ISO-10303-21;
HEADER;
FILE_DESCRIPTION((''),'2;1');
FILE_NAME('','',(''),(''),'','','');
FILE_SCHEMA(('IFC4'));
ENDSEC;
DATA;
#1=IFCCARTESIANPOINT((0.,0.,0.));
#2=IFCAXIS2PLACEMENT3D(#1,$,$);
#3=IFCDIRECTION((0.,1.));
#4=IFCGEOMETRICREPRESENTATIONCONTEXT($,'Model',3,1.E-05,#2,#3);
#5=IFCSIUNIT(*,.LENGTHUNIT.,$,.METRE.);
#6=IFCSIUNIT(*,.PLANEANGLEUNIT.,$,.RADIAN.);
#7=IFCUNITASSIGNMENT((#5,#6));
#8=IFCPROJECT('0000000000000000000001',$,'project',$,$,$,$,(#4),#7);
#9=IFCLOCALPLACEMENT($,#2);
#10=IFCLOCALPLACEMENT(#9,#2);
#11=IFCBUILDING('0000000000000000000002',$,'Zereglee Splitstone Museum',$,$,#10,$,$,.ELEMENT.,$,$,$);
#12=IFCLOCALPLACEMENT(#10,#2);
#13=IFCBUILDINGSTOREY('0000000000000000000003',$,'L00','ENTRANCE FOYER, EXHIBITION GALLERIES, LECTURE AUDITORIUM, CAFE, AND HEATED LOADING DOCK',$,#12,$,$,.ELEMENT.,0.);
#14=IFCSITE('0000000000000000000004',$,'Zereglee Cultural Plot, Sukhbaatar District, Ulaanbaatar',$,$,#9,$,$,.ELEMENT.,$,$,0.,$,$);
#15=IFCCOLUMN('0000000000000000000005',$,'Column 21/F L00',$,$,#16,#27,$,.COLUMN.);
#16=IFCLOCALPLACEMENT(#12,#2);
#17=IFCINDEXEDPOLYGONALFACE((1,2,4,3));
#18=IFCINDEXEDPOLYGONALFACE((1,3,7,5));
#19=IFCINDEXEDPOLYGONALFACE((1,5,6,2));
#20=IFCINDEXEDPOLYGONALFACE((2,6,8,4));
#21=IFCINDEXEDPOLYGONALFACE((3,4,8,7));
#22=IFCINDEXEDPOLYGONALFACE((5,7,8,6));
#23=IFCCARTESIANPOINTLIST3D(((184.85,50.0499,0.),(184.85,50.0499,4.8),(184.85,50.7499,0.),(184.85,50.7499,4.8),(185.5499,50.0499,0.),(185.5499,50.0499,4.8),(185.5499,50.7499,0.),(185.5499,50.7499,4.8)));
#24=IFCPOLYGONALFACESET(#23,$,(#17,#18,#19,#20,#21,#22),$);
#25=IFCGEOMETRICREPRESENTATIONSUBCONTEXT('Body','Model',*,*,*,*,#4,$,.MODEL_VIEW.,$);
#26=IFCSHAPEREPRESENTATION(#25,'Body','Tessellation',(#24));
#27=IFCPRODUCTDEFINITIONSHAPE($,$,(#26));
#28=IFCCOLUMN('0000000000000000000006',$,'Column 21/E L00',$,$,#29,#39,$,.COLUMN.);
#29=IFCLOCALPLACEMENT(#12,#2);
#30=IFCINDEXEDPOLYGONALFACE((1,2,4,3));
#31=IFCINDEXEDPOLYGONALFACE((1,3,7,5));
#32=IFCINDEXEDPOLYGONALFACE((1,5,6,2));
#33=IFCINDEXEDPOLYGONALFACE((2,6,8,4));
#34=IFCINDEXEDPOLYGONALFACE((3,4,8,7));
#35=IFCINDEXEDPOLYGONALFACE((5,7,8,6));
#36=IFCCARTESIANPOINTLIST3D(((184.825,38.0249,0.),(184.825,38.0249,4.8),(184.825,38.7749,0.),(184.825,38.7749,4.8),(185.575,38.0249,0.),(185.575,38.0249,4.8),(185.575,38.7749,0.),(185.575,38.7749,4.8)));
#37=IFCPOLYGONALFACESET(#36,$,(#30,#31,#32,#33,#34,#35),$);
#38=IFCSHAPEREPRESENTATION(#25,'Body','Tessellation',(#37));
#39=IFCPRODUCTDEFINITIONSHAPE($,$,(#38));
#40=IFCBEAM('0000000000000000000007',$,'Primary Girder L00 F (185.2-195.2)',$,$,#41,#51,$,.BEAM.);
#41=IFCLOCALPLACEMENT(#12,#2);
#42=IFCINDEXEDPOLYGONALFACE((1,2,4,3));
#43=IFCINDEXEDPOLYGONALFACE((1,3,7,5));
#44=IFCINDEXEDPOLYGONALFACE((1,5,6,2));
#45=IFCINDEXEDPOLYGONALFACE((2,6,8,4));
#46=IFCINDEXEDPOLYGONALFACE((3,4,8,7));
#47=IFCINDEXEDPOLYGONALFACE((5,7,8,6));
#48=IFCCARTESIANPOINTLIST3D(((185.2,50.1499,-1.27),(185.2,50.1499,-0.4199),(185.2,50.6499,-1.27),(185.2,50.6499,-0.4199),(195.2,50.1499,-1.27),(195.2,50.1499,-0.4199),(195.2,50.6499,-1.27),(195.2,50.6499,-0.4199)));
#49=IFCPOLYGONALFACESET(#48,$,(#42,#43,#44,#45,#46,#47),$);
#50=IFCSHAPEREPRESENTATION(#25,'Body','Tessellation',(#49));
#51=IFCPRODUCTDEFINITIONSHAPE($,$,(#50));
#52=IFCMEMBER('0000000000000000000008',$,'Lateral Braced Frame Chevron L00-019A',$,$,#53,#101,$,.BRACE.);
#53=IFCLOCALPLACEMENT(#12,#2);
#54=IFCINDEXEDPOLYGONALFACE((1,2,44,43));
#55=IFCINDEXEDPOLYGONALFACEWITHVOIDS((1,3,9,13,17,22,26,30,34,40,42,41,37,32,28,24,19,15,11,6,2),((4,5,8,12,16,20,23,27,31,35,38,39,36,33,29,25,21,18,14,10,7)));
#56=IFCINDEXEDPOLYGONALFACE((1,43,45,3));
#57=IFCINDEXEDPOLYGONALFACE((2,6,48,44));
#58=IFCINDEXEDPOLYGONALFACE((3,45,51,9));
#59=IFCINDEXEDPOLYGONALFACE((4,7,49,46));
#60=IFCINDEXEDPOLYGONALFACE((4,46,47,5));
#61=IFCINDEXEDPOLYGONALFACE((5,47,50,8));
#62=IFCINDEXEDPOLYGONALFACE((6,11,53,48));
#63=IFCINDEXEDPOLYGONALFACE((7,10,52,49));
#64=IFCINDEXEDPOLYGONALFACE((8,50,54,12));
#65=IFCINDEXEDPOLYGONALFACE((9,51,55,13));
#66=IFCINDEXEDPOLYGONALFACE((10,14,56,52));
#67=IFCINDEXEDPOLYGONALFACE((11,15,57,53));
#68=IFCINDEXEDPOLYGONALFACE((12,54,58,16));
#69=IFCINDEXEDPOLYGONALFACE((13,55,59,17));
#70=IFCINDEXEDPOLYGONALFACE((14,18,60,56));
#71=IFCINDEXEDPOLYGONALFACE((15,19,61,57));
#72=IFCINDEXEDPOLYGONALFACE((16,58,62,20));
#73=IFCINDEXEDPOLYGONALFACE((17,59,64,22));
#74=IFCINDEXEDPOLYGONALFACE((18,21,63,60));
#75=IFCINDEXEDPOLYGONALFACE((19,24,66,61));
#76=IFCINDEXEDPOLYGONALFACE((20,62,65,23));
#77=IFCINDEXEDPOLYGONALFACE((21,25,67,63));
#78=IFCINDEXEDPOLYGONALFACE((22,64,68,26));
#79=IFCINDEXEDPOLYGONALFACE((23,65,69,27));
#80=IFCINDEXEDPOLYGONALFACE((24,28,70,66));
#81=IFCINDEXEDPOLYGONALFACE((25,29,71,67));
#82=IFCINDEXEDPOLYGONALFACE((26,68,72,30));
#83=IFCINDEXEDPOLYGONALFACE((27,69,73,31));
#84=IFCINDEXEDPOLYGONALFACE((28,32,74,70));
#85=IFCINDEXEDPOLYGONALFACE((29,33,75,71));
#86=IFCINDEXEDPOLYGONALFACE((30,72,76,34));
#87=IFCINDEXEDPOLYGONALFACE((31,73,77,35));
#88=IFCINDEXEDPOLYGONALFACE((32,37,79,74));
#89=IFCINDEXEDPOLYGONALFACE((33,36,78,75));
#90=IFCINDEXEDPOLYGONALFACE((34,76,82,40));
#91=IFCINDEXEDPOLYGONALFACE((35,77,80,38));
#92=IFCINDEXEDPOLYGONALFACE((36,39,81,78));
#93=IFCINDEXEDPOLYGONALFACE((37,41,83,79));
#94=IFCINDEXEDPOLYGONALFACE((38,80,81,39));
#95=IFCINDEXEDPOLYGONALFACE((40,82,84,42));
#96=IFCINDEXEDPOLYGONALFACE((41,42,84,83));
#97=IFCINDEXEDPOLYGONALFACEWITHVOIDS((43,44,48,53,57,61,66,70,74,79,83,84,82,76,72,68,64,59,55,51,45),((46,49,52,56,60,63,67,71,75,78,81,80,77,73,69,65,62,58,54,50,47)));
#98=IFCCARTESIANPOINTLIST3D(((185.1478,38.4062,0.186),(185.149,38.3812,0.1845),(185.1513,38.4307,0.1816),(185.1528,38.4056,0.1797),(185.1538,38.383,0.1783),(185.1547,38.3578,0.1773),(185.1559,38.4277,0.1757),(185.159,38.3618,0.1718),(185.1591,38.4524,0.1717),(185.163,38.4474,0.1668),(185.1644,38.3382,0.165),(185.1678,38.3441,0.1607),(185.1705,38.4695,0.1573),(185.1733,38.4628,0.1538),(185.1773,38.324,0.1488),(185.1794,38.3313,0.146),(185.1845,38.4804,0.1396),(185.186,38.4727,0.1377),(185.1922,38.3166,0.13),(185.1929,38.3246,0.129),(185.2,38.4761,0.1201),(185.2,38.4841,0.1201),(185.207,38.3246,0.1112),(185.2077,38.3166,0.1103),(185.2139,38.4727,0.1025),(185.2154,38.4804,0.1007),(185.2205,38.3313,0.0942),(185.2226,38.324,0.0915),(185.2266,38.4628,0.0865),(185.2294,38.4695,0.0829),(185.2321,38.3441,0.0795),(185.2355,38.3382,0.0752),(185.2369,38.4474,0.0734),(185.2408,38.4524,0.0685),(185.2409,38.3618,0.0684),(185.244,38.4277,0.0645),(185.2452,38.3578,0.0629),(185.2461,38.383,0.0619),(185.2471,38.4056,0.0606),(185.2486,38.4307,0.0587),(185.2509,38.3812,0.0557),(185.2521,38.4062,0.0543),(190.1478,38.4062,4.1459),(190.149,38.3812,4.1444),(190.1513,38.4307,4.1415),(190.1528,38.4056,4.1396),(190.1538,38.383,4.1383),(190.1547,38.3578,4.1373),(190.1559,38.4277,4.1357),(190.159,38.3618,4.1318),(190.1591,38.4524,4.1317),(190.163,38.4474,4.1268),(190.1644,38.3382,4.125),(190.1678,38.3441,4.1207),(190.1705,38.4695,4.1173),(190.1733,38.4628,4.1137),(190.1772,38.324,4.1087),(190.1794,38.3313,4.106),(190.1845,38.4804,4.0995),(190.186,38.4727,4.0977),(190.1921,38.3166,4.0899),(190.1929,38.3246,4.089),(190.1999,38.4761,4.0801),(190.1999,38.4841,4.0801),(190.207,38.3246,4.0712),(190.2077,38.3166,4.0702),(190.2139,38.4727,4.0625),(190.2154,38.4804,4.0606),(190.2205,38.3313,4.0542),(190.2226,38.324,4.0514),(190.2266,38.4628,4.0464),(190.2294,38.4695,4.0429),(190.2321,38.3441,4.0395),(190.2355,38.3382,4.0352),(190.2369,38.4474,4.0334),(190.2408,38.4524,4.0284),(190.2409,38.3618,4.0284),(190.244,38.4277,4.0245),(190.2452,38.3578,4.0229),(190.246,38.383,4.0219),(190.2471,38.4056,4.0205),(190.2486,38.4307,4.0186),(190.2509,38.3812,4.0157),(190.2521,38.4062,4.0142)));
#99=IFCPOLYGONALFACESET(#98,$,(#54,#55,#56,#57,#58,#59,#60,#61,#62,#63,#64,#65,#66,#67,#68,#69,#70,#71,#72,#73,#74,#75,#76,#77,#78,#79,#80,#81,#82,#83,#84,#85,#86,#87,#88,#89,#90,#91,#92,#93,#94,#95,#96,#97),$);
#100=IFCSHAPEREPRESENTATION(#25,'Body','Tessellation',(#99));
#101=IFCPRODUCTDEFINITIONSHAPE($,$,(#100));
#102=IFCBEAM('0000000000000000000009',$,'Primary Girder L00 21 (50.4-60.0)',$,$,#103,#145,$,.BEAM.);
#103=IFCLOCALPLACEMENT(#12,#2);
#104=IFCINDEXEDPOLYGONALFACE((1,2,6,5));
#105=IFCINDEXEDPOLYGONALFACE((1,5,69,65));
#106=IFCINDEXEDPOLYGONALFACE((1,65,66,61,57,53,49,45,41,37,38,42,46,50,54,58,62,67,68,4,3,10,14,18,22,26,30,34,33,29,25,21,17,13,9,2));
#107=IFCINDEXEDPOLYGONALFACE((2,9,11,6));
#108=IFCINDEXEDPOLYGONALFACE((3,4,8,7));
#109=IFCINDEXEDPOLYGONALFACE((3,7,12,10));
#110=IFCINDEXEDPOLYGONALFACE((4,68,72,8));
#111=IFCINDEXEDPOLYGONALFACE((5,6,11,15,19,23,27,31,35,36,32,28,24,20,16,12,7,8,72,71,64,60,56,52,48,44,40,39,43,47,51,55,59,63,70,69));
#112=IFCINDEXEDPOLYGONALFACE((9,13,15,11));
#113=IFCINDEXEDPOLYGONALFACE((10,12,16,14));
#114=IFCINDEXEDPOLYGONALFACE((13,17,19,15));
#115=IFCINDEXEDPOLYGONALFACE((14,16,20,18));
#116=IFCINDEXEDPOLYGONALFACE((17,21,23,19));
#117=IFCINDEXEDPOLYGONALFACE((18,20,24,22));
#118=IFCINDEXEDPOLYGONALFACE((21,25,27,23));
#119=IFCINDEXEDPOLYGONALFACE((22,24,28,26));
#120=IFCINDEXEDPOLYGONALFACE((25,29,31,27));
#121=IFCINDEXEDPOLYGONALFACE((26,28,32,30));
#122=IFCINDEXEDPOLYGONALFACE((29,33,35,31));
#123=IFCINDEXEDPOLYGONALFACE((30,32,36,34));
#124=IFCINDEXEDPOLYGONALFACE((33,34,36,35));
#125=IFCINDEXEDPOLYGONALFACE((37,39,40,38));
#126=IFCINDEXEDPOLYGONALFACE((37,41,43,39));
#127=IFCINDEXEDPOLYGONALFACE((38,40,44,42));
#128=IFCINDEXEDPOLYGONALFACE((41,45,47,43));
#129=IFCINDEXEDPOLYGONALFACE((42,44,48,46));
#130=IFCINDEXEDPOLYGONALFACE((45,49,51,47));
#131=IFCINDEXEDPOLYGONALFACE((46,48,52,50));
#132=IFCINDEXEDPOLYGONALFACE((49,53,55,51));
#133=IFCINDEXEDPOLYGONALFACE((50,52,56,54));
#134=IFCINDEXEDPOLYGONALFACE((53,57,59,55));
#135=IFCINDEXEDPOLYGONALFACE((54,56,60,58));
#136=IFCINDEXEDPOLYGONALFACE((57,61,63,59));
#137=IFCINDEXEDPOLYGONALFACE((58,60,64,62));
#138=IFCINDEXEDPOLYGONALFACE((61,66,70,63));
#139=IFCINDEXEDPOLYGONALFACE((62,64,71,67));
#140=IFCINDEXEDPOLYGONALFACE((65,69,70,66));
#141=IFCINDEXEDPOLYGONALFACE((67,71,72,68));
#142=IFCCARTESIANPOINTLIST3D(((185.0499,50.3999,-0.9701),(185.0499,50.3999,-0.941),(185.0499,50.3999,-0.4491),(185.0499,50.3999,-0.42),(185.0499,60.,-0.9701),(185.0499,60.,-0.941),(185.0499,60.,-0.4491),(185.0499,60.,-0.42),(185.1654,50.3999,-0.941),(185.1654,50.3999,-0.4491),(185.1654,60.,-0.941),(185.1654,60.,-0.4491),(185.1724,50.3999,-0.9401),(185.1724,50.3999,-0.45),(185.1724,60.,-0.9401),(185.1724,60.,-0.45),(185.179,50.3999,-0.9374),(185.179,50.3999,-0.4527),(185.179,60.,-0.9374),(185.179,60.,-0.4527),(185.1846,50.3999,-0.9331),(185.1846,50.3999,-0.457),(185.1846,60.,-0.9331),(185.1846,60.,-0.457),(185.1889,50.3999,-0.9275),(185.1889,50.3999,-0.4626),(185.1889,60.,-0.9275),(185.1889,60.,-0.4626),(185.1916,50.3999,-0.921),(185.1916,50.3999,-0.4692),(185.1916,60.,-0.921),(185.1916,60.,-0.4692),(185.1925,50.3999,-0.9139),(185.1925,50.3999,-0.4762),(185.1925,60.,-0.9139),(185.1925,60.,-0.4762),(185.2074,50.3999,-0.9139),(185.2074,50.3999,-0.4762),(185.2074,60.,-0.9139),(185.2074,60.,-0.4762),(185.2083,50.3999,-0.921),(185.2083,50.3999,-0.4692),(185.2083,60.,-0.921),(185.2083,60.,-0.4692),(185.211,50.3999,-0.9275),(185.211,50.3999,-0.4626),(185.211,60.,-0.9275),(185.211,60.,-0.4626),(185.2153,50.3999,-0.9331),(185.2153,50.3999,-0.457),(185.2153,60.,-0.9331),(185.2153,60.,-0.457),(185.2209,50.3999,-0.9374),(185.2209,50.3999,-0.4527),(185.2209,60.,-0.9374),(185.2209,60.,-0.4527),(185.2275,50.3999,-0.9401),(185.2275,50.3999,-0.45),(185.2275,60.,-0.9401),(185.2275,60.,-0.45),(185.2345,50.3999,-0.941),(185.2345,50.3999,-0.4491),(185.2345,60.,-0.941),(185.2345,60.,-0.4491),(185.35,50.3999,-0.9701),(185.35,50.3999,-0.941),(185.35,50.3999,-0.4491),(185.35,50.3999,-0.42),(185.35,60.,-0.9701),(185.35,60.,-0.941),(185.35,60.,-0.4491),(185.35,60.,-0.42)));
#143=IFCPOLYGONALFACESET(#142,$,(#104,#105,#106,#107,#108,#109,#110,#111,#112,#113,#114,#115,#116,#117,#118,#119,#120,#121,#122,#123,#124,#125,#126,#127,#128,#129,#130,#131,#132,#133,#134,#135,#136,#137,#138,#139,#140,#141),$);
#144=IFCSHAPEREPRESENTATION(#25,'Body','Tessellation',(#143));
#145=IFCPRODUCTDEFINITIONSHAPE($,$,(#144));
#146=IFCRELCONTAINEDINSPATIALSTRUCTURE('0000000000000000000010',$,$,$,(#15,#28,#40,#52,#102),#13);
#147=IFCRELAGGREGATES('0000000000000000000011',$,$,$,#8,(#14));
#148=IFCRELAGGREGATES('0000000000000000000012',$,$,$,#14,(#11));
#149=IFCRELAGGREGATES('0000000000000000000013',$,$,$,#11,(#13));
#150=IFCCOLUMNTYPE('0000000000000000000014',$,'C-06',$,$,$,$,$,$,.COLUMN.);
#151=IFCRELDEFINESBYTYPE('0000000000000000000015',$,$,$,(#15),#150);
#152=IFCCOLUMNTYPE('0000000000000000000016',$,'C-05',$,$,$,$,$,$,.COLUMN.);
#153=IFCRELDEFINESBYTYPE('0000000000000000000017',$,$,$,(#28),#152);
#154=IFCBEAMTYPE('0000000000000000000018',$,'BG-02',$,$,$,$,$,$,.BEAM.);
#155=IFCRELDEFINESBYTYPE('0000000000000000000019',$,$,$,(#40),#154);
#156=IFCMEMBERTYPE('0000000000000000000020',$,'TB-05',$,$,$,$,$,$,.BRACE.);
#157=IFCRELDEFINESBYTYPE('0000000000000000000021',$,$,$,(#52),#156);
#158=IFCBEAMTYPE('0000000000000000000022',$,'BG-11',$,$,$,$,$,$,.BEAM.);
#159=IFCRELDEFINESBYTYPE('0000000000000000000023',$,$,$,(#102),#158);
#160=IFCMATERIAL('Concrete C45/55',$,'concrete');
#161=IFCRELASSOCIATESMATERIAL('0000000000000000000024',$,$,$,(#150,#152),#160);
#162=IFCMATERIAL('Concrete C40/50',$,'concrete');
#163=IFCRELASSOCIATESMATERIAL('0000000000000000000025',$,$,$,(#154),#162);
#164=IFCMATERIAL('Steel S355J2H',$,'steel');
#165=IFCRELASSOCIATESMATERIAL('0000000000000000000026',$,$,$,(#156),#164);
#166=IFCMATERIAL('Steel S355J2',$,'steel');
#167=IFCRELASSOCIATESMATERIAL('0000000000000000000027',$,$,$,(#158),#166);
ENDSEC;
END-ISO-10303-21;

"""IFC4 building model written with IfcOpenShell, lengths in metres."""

from ifc_helpers import new_model, si_unit, direction, frame, origin, origin_2d, place, context, subcontext, project, spatial, rectangle, hollow_circle, i_section, extrude, material, material_profile, profile_set, type_object, element, save


model = new_model("IFC4")

# Units and contexts
model_context = context("Model", 3, precision=1e-05, world=origin(), true_north=direction((0.0, 1.0)))
body_context = subcontext(model_context, "Body", "Model", "MODEL_VIEW")
ifc_project = project(units=[si_unit("LENGTHUNIT", "METRE"), si_unit("PLANEANGLEUNIT", "RADIAN")], contexts=[model_context])

# Site, building, storey
site_placement = place(None, origin())
site = spatial("IfcSite", under=ifc_project, at=site_placement, Name="Zereglee Cultural Plot, Sukhbaatar District, Ulaanbaatar", CompositionType="ELEMENT", RefElevation=0.0)
building_placement = place(site_placement, origin())
building = spatial("IfcBuilding", under=site, at=building_placement, Name="Zereglee Splitstone Museum", CompositionType="ELEMENT")
storey_placement = place(building_placement, origin())
storey = spatial("IfcBuildingStorey", under=building, at=storey_placement, Name="L00", Description="ENTRANCE FOYER, EXHIBITION GALLERIES, LECTURE AUDITORIUM, CAFE, AND HEATED LOADING DOCK", CompositionType="ELEMENT", Elevation=0.0)

# Columns
ifc_material_1 = material(Name="Concrete C45/55", Category="concrete")
ifc_material_profile_1 = material_profile(ifc_material_1, rectangle(XDim=0.7, YDim=0.7, at=origin_2d()), Name="RC 700x700")
ifc_profile_set_1 = profile_set([ifc_material_profile_1], Name="Concrete C45/55")
column_type_1 = type_object("IfcColumnType", Name="C-06", PredefinedType="COLUMN", material=ifc_profile_set_1)
column_1_placement = place(storey_placement, frame((185.2, 50.3999, 0.0), z_axis=(0.0, 0.0, 1.0), x_axis=(1.0, 0.0, 0.0)))
element("IfcColumn", 1, at=column_1_placement, inside=storey, type_object=column_type_1, Name="Column 21/F L00", PredefinedType="COLUMN", context=body_context, shape_type="SweptSolid", body=[
    extrude(rectangle(XDim=0.7, YDim=0.7, at=origin_2d()), origin(), (0.0, 0.0, 1.0), 4.8),
])
ifc_material_profile_2 = material_profile(ifc_material_1, rectangle(XDim=0.75, YDim=0.75, at=origin_2d()), Name="RC 750x750")
ifc_profile_set_2 = profile_set([ifc_material_profile_2], Name="Concrete C45/55")
column_type_2 = type_object("IfcColumnType", Name="C-05", PredefinedType="COLUMN", material=ifc_profile_set_2)
column_2_placement = place(storey_placement, frame((185.2, 38.3999, 0.0), z_axis=(0.0, 0.0, 1.0), x_axis=(1.0, 0.0, 0.0)))
element("IfcColumn", 2, at=column_2_placement, inside=storey, type_object=column_type_2, Name="Column 21/E L00", PredefinedType="COLUMN", context=body_context, shape_type="SweptSolid", body=[
    extrude(rectangle(XDim=0.75, YDim=0.75, at=origin_2d()), origin(), (0.0, 0.0, 1.0), 4.8),
])

# Beam
ifc_material_2 = material(Name="Concrete C40/50", Category="concrete")
ifc_material_profile_3 = material_profile(ifc_material_2, rectangle(XDim=0.5, YDim=0.8501, at=origin_2d()), Name="RC 500x850")
ifc_profile_set_3 = profile_set([ifc_material_profile_3], Name="Concrete C40/50")
beam_type_1 = type_object("IfcBeamType", Name="BG-02", PredefinedType="BEAM", material=ifc_profile_set_3)
beam_1_placement = place(storey_placement, frame((185.2, 50.3999, -0.845), z_axis=(1.0, 0.0, 0.0), x_axis=(0.0, 1.0, 0.0)))
element("IfcBeam", 3, at=beam_1_placement, inside=storey, type_object=beam_type_1, Name="Primary Girder L00 F (185.2-195.2)", PredefinedType="BEAM", context=body_context, shape_type="SweptSolid", body=[
    extrude(rectangle(XDim=0.5, YDim=0.8501, at=origin_2d()), origin(), (0.0, 0.0, 1.0), 10.0),
])

# Member
ifc_material_3 = material(Name="Steel S355J2H", Category="steel")
ifc_material_profile_4 = material_profile(ifc_material_3, hollow_circle(Radius=0.0842, WallThickness=0.0081, at=origin_2d()), Name="CHS 168.3x8")
ifc_profile_set_4 = profile_set([ifc_material_profile_4], Name="Steel S355J2H")
member_type = type_object("IfcMemberType", Name="TB-05", PredefinedType="BRACE", material=ifc_profile_set_4)
member_placement = place(storey_placement, frame((185.2, 38.3999, 0.1201), z_axis=(0.783922, 0.0, 0.62086), x_axis=(0.0, 1.0, 0.0)))
element("IfcMember", 4, at=member_placement, inside=storey, type_object=member_type, Name="Lateral Braced Frame Chevron L00-019A", PredefinedType="BRACE", context=body_context, shape_type="SweptSolid", body=[
    extrude(hollow_circle(Radius=0.0842, WallThickness=0.0081, at=origin_2d()), origin(), (0.0, 0.0, 1.0), 6.3782),
])

# Beam
ifc_material_4 = material(Name="Steel S355J2", Category="steel")
ifc_material_profile_5 = material_profile(ifc_material_4, i_section(OverallWidth=0.3, OverallDepth=0.55, WebThickness=0.0149, FlangeThickness=0.0291, FilletRadius=0.0271, at=origin_2d()), Name="HE 550 B")
ifc_profile_set_5 = profile_set([ifc_material_profile_5], Name="Steel S355J2")
beam_type_2 = type_object("IfcBeamType", Name="BG-11", PredefinedType="BEAM", material=ifc_profile_set_5)
beam_2_placement = place(storey_placement, frame((185.2, 50.3999, -0.6951), z_axis=(0.0, 1.0, 0.0), x_axis=(-1.0, 0.0, 0.0)))
element("IfcBeam", 5, at=beam_2_placement, inside=storey, type_object=beam_type_2, Name="Primary Girder L00 21 (50.4-60.0)", PredefinedType="BEAM", context=body_context, shape_type="SweptSolid", body=[
    extrude(i_section(OverallWidth=0.3, OverallDepth=0.55, WebThickness=0.0149, FlangeThickness=0.0291, FilletRadius=0.0271, at=origin_2d()), origin(), (0.0, 0.0, 1.0), 9.6001),
])

save(model, "model.ifc")
